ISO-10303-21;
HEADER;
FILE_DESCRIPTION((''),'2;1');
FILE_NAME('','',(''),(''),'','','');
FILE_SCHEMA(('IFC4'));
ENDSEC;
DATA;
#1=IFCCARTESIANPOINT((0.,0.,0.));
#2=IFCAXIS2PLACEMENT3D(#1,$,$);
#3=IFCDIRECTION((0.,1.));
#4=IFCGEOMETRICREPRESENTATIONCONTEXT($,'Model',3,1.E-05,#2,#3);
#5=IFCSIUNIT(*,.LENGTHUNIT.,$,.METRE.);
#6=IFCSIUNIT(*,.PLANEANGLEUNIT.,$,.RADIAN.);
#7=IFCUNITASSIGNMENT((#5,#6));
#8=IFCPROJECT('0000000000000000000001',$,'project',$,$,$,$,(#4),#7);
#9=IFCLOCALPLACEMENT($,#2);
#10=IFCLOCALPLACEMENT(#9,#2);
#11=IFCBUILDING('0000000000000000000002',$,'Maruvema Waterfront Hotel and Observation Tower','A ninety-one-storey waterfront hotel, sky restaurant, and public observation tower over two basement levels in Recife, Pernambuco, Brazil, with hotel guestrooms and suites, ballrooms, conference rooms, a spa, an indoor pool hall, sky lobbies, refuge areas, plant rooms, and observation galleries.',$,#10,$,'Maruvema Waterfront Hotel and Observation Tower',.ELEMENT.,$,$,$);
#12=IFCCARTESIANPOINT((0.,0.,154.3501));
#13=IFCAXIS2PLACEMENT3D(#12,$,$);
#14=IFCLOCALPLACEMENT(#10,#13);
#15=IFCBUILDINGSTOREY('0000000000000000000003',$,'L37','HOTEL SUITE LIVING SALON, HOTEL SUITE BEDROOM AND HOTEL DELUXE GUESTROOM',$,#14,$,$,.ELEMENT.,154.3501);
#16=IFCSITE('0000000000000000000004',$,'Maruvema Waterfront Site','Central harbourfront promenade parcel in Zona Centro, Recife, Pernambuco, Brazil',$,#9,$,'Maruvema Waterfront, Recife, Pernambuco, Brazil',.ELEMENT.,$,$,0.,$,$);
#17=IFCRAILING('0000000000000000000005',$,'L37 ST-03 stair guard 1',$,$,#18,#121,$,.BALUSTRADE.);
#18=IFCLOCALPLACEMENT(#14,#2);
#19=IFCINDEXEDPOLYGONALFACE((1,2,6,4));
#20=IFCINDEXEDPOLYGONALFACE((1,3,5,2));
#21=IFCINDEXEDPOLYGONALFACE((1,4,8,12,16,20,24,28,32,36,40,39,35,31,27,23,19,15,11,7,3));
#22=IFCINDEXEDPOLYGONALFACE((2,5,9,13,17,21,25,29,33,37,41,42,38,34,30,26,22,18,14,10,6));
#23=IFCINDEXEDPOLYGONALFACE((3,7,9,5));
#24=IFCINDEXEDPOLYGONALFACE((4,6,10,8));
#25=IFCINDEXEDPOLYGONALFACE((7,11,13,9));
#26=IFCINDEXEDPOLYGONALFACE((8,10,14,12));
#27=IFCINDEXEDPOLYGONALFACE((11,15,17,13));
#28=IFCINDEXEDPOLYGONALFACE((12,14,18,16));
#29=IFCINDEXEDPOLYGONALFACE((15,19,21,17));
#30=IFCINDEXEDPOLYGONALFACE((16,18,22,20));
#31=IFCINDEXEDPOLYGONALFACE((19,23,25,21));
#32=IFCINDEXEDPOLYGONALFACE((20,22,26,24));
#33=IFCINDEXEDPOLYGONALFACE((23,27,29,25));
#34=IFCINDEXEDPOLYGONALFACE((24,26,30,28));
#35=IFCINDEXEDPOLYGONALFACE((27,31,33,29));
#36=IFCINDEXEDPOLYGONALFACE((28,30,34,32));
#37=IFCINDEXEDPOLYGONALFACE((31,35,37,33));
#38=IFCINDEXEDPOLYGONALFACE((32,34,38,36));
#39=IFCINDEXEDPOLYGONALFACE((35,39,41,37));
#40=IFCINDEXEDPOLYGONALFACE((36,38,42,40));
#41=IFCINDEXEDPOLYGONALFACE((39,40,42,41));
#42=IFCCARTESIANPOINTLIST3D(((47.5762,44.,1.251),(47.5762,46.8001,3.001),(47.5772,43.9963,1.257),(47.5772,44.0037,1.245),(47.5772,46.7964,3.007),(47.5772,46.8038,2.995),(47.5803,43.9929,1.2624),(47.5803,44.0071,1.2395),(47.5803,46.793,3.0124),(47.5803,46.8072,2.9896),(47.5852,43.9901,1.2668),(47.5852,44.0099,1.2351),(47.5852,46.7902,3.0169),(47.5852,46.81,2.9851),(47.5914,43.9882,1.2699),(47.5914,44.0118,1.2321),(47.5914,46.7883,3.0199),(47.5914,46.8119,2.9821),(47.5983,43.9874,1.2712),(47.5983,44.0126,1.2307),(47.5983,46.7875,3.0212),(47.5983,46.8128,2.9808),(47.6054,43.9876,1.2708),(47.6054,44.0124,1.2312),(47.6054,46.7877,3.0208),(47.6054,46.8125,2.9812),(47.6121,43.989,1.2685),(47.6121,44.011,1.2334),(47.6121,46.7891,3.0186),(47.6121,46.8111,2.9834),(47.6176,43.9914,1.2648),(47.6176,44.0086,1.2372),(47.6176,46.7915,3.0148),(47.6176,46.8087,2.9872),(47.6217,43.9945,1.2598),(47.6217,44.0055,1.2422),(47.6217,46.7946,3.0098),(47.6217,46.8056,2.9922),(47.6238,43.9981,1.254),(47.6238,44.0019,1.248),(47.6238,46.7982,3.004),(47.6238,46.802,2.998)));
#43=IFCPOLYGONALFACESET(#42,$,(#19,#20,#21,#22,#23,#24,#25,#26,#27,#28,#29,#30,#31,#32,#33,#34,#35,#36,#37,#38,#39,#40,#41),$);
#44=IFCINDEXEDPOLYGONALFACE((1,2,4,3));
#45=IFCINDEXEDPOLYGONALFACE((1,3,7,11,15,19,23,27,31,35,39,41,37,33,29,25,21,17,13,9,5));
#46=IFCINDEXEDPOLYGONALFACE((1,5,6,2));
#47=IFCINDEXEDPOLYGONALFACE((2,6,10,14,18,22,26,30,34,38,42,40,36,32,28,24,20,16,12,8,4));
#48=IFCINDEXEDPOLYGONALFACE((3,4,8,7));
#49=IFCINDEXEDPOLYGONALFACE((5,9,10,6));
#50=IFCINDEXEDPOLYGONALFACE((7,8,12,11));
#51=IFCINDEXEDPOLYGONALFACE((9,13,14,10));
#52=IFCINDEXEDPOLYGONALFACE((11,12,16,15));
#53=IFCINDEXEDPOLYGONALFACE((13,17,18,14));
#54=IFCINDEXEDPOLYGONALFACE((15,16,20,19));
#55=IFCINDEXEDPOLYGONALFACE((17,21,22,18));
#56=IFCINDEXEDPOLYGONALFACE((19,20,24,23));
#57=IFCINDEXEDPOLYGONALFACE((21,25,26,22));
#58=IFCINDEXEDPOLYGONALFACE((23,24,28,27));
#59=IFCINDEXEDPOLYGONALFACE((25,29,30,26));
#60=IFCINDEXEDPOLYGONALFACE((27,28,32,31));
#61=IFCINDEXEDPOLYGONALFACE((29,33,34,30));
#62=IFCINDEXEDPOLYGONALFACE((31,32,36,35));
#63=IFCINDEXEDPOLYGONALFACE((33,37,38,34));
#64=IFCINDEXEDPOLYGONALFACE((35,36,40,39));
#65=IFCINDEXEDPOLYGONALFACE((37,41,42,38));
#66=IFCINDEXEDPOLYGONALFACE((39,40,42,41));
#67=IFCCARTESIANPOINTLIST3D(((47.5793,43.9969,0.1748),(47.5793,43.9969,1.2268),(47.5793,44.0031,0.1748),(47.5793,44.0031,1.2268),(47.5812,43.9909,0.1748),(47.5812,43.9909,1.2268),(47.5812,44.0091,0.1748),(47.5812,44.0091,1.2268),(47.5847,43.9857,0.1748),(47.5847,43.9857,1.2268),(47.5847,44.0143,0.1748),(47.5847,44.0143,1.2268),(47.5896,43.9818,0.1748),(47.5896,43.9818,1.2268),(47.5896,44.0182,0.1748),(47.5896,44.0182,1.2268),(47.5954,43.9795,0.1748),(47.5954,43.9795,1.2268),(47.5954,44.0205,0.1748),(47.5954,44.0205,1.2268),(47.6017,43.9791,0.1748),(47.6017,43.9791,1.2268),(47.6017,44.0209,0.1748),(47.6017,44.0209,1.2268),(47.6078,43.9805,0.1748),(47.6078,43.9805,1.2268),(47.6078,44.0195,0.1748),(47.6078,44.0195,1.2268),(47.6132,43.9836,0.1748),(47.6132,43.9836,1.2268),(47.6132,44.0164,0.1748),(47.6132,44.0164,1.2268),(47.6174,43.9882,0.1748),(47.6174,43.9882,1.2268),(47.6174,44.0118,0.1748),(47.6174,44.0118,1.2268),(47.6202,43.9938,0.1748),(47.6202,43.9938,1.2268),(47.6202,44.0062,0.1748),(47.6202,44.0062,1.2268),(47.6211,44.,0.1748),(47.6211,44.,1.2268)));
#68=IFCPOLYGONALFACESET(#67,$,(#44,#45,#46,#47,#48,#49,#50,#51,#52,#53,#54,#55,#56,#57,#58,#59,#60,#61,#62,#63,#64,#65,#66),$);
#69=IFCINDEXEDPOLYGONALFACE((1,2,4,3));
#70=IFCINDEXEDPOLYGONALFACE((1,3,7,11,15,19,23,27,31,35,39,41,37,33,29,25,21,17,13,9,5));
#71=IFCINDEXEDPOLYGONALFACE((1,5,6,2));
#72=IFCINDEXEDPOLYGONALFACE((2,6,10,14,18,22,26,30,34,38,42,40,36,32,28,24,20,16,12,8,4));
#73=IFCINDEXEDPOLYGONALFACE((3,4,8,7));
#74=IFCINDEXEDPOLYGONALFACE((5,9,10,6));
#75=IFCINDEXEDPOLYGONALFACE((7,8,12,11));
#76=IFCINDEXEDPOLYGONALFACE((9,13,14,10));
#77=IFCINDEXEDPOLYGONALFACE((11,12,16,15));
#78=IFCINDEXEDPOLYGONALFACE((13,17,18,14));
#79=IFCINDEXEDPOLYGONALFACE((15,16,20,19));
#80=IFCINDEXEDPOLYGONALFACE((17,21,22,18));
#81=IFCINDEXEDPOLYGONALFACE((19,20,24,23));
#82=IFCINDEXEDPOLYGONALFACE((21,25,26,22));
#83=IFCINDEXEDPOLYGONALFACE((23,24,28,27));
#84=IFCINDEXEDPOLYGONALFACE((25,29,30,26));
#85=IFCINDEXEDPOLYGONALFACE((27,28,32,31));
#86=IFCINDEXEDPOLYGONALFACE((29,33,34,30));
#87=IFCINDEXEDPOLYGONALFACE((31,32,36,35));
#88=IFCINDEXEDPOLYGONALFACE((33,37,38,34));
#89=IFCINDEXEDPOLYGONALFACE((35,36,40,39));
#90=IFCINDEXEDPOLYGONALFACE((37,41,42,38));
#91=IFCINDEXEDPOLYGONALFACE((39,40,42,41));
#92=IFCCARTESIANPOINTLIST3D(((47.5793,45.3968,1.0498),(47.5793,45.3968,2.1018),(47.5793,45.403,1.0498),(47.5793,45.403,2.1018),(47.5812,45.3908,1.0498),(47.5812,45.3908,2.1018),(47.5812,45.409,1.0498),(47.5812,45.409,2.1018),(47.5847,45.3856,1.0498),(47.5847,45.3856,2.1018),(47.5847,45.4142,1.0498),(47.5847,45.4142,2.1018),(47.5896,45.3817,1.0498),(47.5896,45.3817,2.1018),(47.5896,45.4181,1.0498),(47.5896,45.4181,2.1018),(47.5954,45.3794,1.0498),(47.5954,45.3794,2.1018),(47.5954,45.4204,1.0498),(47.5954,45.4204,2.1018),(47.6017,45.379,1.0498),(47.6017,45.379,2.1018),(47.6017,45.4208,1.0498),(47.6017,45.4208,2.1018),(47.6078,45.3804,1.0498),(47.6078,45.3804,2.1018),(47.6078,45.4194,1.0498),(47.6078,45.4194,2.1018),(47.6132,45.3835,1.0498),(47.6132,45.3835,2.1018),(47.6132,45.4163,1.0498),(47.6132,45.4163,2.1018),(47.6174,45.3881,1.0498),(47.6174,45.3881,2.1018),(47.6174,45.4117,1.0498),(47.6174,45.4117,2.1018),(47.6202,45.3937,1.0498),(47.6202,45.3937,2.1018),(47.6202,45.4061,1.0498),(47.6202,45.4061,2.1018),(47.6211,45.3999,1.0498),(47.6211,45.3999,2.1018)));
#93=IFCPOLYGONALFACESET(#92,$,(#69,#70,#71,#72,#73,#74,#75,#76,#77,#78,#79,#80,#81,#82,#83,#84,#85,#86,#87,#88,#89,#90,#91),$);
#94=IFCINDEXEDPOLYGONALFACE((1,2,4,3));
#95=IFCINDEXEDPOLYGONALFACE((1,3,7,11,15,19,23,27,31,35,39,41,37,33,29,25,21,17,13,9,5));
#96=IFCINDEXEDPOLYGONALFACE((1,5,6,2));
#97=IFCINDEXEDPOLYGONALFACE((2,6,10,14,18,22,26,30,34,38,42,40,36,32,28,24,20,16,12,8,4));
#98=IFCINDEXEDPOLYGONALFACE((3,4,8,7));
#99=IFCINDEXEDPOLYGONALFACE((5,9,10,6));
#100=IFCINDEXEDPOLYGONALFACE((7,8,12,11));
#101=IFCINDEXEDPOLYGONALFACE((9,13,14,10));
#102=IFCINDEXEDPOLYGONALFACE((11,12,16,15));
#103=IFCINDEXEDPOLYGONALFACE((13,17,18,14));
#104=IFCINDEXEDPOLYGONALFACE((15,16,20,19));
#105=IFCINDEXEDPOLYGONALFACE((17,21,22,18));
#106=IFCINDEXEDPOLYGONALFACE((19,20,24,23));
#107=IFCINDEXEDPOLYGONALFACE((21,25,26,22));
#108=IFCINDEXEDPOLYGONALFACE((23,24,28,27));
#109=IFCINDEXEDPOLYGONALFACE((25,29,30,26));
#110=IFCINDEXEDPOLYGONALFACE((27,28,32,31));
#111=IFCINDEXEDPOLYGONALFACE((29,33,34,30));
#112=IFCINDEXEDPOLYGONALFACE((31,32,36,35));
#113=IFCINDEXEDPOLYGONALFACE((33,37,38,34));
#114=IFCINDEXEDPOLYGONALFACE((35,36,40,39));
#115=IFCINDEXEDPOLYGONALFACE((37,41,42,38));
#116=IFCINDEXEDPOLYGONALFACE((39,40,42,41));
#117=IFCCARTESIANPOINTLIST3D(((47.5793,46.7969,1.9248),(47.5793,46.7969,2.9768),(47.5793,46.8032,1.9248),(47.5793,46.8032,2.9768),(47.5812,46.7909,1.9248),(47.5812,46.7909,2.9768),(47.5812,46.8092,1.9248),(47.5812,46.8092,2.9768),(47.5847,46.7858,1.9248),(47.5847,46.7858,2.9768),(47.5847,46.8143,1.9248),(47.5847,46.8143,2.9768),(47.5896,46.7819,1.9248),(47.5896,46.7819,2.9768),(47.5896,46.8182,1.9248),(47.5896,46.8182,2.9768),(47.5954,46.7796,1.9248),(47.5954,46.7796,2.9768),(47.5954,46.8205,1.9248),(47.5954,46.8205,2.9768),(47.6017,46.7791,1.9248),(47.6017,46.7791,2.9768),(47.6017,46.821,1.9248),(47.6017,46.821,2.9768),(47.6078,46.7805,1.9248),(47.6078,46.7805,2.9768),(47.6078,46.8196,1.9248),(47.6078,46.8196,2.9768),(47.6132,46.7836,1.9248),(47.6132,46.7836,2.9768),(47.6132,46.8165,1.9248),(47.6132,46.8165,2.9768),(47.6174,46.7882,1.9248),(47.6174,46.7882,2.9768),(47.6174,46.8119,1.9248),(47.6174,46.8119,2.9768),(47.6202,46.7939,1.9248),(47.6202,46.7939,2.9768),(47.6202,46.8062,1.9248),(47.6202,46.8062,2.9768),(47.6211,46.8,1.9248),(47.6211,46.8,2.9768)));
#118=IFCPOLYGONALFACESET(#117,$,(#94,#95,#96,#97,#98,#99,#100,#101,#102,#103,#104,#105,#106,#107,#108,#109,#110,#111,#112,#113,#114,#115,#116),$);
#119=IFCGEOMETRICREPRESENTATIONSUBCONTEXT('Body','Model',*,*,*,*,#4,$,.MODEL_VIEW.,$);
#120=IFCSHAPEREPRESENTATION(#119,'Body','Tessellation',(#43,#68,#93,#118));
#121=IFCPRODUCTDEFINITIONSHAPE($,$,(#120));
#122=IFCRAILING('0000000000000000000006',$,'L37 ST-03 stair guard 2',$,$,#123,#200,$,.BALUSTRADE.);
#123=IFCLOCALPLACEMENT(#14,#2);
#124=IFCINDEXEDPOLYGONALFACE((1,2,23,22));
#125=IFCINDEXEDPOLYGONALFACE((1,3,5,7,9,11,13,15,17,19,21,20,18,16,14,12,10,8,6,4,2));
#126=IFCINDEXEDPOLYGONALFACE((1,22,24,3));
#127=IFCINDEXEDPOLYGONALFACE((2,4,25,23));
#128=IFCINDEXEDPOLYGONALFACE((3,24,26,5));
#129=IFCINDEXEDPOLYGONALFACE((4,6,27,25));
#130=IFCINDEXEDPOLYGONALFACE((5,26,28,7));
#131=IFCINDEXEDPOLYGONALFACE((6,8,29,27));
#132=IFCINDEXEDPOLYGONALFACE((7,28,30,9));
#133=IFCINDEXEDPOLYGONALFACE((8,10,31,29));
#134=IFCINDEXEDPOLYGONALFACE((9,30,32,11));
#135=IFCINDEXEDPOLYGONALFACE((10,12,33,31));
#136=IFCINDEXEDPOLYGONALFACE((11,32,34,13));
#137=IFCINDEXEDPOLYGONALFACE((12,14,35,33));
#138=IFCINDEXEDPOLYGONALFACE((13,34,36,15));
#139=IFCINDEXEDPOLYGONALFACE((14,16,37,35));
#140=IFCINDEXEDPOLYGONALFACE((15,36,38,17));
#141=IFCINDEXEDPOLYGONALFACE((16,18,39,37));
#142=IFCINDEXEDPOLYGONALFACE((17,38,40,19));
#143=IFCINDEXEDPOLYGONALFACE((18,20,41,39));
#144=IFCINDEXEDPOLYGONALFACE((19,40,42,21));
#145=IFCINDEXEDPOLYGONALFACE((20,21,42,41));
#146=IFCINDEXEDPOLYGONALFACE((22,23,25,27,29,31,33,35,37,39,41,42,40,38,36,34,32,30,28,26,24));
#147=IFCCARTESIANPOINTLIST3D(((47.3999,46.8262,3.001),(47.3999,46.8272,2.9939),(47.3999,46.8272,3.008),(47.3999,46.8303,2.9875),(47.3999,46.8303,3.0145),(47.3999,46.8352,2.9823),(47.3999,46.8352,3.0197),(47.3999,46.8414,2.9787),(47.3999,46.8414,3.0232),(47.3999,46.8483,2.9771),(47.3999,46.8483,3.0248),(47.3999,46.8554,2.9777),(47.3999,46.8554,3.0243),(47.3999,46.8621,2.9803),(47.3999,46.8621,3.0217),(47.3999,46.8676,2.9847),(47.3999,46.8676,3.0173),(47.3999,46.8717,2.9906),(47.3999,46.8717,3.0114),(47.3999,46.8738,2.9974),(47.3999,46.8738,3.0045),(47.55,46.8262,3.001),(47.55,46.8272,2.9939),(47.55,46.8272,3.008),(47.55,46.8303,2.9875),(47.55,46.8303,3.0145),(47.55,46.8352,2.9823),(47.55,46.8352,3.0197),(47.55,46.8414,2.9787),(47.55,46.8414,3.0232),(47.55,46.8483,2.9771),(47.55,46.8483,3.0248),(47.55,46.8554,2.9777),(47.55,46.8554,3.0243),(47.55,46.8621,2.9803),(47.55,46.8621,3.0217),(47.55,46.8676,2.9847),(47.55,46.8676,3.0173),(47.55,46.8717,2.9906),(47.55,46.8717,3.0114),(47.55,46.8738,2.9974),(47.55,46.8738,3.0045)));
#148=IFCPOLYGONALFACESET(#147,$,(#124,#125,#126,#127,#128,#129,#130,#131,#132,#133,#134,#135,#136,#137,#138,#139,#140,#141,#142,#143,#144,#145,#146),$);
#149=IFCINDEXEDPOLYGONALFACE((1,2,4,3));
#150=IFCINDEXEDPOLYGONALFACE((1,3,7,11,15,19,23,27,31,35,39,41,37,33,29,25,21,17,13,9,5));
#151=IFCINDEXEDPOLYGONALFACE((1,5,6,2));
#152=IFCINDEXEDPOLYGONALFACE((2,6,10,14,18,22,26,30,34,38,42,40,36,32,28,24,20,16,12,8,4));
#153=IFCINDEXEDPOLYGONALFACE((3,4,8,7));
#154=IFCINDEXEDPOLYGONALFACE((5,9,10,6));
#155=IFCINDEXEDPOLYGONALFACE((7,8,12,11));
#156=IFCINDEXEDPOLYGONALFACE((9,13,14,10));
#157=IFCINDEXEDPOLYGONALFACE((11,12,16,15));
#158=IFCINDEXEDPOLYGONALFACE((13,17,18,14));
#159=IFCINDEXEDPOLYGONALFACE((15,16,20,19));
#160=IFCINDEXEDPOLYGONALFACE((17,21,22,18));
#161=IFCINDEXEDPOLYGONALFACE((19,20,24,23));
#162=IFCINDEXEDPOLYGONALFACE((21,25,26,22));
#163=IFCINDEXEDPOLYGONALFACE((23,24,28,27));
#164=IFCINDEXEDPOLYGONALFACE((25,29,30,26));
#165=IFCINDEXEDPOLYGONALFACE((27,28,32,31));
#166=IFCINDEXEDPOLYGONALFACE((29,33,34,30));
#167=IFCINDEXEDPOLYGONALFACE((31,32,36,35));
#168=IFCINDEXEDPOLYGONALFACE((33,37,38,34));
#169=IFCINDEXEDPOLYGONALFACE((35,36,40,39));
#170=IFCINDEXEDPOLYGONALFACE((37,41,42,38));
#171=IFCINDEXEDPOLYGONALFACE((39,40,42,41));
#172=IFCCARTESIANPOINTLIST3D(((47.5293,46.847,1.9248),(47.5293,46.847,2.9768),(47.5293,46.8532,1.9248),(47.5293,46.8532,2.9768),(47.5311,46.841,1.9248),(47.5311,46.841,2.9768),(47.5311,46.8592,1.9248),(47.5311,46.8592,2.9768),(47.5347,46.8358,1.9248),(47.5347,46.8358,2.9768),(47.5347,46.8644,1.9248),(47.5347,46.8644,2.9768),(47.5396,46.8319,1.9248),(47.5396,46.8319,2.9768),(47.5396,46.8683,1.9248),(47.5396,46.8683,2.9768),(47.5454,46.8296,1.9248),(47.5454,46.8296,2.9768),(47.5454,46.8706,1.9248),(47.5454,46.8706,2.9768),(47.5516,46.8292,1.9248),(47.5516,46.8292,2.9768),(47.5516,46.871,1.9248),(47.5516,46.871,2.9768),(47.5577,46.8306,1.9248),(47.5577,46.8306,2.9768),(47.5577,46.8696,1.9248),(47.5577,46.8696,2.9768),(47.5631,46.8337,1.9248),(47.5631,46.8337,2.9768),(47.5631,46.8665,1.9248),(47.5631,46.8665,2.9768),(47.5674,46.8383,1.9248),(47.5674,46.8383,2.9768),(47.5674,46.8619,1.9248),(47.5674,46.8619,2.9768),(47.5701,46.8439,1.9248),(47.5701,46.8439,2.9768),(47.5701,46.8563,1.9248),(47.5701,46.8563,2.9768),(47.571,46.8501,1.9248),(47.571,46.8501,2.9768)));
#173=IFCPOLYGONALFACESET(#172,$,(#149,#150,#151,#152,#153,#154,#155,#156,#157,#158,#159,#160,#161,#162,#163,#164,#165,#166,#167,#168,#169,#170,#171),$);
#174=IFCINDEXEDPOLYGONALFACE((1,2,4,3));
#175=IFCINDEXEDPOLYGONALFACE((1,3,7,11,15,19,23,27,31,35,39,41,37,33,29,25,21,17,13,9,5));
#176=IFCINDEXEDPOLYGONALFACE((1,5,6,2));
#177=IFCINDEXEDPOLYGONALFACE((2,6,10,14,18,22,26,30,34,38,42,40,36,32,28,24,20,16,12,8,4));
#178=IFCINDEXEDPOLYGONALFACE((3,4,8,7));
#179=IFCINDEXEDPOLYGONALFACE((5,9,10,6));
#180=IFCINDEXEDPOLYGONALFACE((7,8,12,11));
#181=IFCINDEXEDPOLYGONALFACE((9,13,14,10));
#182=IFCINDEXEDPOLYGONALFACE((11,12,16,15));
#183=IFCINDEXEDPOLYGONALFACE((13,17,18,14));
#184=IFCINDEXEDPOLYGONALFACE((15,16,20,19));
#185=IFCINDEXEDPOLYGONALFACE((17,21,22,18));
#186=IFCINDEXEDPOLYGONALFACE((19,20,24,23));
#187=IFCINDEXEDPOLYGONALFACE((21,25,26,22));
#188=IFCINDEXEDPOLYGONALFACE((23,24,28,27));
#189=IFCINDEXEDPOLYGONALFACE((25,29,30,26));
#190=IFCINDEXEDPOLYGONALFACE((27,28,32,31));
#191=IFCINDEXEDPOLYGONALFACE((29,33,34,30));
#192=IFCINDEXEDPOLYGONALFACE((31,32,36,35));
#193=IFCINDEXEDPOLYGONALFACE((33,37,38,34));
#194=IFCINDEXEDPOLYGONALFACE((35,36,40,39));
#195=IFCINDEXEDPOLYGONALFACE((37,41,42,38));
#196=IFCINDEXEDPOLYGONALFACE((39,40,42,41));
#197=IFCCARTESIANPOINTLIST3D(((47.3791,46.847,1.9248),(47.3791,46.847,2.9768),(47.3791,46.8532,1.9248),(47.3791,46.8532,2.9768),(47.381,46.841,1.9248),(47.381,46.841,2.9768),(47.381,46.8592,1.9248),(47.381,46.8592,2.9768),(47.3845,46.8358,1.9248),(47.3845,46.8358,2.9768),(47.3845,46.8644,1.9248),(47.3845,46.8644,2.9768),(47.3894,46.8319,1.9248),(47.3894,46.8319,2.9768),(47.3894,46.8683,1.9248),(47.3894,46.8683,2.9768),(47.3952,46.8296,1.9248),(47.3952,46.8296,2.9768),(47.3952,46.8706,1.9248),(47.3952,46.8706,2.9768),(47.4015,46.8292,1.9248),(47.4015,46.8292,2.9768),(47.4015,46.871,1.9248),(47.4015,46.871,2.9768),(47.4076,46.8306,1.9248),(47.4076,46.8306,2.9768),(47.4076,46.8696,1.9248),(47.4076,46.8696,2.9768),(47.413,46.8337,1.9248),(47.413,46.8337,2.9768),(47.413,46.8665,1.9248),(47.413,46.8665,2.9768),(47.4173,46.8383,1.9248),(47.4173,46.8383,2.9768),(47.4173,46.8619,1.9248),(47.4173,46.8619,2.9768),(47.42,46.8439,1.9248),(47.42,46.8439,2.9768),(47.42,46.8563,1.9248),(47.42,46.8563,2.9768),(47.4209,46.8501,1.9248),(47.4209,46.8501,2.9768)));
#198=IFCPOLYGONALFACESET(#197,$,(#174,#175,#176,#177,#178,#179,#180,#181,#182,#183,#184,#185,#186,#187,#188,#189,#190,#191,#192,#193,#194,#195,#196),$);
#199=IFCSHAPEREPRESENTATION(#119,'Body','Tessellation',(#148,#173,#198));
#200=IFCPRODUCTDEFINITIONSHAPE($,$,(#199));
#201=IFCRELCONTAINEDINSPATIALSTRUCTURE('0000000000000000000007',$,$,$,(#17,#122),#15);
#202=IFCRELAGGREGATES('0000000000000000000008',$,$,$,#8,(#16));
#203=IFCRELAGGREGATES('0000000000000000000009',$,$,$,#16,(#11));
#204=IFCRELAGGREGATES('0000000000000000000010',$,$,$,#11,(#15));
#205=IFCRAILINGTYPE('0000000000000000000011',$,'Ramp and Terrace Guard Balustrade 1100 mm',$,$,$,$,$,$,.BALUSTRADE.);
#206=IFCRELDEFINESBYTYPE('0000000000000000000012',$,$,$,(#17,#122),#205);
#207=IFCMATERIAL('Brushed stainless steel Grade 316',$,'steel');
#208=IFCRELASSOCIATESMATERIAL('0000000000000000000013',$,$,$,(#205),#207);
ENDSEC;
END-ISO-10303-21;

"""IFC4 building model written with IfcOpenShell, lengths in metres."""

from ifc_helpers import new_model, si_unit, direction, frame, origin, origin_2d, place, context, subcontext, project, spatial, circle, extrude, material, type_object, element, save


model = new_model("IFC4")

# Units and contexts
model_context = context("Model", 3, precision=1e-05, world=origin(), true_north=direction((0.0, 1.0)))
body_context = subcontext(model_context, "Body", "Model", "MODEL_VIEW")
ifc_project = project(units=[si_unit("LENGTHUNIT", "METRE"), si_unit("PLANEANGLEUNIT", "RADIAN")], contexts=[model_context])

# Site, building, storey
site_placement = place(None, origin())
site = spatial("IfcSite", under=ifc_project, at=site_placement, Name="Maruvema Waterfront Site", Description="Central harbourfront promenade parcel in Zona Centro, Recife, Pernambuco, Brazil", LongName="Maruvema Waterfront, Recife, Pernambuco, Brazil", CompositionType="ELEMENT", RefElevation=0.0)
building_placement = place(site_placement, origin())
building = spatial("IfcBuilding", under=site, at=building_placement, Name="Maruvema Waterfront Hotel and Observation Tower", Description="A ninety-one-storey waterfront hotel, sky restaurant, and public observation tower over two basement levels in Recife, Pernambuco, Brazil, with hotel guestrooms and suites, ballrooms, conference rooms, a spa, an indoor pool hall, sky lobbies, refuge areas, plant rooms, and observation galleries.", LongName="Maruvema Waterfront Hotel and Observation Tower", CompositionType="ELEMENT")
storey_placement = place(building_placement, frame((0.0, 0.0, 154.3501)))
storey = spatial("IfcBuildingStorey", under=building, at=storey_placement, Name="L37", Description="HOTEL SUITE LIVING SALON, HOTEL SUITE BEDROOM AND HOTEL DELUXE GUESTROOM", CompositionType="ELEMENT", Elevation=154.3501)

# Railings
ifc_material_1 = material(Name="Brushed stainless steel Grade 316", Category="steel")
railing_type_1 = type_object("IfcRailingType", Name="Ramp and Terrace Guard Balustrade 1100 mm", PredefinedType="BALUSTRADE", material=ifc_material_1)
railing_1_placement = place(storey_placement, frame((47.6001, 44.0, 0.1748)))
element("IfcRailing", 1, at=railing_1_placement, inside=storey, type_object=railing_type_1, Name="L37 ST-03 stair guard 1", PredefinedType="BALUSTRADE", context=body_context, shape_type="SweptSolid", body=[
    extrude(circle(Radius=0.0239, at=origin_2d()), frame((0.0, 0.0, 1.0762), z_axis=(0.0, 0.848002, 0.529992), x_axis=(-1.0, 0.0, 0.0)), (0.0, 0.0, 1.0), 3.302),
    extrude(circle(Radius=0.021, at=origin_2d()), origin(), (0.0, 0.0, 1.0), 1.052),
    extrude(circle(Radius=0.021, at=origin_2d()), frame((0.0, 1.3999, 0.875)), (0.0, 0.0, 1.0), 1.052),
    extrude(circle(Radius=0.021, at=origin_2d()), frame((0.0, 2.8, 1.75)), (0.0, 0.0, 1.0), 1.052),
])
for number, where, name in (
    (2, (47.55, 46.8501, 1.9248), "L37 ST-03 stair guard 2"),
):
    element("IfcRailing", number, at=place(storey_placement, frame(where)), inside=storey, type_object=railing_type_1, Name=name, PredefinedType="BALUSTRADE", context=body_context, shape_type="SweptSolid", body=[
        extrude(circle(Radius=0.0239, at=origin_2d()), frame((0.0, 0.0, 1.0762), z_axis=(-1.0, 0.0, 0.0), x_axis=(0.0, -1.0, 0.0)), (0.0, 0.0, 1.0), 0.1501),
        extrude(circle(Radius=0.021, at=origin_2d()), origin(), (0.0, 0.0, 1.0), 1.052),
        extrude(circle(Radius=0.021, at=origin_2d()), frame((-0.1501, 0.0, 0.0)), (0.0, 0.0, 1.0), 1.052),
    ])

save(model, "model.ifc")
